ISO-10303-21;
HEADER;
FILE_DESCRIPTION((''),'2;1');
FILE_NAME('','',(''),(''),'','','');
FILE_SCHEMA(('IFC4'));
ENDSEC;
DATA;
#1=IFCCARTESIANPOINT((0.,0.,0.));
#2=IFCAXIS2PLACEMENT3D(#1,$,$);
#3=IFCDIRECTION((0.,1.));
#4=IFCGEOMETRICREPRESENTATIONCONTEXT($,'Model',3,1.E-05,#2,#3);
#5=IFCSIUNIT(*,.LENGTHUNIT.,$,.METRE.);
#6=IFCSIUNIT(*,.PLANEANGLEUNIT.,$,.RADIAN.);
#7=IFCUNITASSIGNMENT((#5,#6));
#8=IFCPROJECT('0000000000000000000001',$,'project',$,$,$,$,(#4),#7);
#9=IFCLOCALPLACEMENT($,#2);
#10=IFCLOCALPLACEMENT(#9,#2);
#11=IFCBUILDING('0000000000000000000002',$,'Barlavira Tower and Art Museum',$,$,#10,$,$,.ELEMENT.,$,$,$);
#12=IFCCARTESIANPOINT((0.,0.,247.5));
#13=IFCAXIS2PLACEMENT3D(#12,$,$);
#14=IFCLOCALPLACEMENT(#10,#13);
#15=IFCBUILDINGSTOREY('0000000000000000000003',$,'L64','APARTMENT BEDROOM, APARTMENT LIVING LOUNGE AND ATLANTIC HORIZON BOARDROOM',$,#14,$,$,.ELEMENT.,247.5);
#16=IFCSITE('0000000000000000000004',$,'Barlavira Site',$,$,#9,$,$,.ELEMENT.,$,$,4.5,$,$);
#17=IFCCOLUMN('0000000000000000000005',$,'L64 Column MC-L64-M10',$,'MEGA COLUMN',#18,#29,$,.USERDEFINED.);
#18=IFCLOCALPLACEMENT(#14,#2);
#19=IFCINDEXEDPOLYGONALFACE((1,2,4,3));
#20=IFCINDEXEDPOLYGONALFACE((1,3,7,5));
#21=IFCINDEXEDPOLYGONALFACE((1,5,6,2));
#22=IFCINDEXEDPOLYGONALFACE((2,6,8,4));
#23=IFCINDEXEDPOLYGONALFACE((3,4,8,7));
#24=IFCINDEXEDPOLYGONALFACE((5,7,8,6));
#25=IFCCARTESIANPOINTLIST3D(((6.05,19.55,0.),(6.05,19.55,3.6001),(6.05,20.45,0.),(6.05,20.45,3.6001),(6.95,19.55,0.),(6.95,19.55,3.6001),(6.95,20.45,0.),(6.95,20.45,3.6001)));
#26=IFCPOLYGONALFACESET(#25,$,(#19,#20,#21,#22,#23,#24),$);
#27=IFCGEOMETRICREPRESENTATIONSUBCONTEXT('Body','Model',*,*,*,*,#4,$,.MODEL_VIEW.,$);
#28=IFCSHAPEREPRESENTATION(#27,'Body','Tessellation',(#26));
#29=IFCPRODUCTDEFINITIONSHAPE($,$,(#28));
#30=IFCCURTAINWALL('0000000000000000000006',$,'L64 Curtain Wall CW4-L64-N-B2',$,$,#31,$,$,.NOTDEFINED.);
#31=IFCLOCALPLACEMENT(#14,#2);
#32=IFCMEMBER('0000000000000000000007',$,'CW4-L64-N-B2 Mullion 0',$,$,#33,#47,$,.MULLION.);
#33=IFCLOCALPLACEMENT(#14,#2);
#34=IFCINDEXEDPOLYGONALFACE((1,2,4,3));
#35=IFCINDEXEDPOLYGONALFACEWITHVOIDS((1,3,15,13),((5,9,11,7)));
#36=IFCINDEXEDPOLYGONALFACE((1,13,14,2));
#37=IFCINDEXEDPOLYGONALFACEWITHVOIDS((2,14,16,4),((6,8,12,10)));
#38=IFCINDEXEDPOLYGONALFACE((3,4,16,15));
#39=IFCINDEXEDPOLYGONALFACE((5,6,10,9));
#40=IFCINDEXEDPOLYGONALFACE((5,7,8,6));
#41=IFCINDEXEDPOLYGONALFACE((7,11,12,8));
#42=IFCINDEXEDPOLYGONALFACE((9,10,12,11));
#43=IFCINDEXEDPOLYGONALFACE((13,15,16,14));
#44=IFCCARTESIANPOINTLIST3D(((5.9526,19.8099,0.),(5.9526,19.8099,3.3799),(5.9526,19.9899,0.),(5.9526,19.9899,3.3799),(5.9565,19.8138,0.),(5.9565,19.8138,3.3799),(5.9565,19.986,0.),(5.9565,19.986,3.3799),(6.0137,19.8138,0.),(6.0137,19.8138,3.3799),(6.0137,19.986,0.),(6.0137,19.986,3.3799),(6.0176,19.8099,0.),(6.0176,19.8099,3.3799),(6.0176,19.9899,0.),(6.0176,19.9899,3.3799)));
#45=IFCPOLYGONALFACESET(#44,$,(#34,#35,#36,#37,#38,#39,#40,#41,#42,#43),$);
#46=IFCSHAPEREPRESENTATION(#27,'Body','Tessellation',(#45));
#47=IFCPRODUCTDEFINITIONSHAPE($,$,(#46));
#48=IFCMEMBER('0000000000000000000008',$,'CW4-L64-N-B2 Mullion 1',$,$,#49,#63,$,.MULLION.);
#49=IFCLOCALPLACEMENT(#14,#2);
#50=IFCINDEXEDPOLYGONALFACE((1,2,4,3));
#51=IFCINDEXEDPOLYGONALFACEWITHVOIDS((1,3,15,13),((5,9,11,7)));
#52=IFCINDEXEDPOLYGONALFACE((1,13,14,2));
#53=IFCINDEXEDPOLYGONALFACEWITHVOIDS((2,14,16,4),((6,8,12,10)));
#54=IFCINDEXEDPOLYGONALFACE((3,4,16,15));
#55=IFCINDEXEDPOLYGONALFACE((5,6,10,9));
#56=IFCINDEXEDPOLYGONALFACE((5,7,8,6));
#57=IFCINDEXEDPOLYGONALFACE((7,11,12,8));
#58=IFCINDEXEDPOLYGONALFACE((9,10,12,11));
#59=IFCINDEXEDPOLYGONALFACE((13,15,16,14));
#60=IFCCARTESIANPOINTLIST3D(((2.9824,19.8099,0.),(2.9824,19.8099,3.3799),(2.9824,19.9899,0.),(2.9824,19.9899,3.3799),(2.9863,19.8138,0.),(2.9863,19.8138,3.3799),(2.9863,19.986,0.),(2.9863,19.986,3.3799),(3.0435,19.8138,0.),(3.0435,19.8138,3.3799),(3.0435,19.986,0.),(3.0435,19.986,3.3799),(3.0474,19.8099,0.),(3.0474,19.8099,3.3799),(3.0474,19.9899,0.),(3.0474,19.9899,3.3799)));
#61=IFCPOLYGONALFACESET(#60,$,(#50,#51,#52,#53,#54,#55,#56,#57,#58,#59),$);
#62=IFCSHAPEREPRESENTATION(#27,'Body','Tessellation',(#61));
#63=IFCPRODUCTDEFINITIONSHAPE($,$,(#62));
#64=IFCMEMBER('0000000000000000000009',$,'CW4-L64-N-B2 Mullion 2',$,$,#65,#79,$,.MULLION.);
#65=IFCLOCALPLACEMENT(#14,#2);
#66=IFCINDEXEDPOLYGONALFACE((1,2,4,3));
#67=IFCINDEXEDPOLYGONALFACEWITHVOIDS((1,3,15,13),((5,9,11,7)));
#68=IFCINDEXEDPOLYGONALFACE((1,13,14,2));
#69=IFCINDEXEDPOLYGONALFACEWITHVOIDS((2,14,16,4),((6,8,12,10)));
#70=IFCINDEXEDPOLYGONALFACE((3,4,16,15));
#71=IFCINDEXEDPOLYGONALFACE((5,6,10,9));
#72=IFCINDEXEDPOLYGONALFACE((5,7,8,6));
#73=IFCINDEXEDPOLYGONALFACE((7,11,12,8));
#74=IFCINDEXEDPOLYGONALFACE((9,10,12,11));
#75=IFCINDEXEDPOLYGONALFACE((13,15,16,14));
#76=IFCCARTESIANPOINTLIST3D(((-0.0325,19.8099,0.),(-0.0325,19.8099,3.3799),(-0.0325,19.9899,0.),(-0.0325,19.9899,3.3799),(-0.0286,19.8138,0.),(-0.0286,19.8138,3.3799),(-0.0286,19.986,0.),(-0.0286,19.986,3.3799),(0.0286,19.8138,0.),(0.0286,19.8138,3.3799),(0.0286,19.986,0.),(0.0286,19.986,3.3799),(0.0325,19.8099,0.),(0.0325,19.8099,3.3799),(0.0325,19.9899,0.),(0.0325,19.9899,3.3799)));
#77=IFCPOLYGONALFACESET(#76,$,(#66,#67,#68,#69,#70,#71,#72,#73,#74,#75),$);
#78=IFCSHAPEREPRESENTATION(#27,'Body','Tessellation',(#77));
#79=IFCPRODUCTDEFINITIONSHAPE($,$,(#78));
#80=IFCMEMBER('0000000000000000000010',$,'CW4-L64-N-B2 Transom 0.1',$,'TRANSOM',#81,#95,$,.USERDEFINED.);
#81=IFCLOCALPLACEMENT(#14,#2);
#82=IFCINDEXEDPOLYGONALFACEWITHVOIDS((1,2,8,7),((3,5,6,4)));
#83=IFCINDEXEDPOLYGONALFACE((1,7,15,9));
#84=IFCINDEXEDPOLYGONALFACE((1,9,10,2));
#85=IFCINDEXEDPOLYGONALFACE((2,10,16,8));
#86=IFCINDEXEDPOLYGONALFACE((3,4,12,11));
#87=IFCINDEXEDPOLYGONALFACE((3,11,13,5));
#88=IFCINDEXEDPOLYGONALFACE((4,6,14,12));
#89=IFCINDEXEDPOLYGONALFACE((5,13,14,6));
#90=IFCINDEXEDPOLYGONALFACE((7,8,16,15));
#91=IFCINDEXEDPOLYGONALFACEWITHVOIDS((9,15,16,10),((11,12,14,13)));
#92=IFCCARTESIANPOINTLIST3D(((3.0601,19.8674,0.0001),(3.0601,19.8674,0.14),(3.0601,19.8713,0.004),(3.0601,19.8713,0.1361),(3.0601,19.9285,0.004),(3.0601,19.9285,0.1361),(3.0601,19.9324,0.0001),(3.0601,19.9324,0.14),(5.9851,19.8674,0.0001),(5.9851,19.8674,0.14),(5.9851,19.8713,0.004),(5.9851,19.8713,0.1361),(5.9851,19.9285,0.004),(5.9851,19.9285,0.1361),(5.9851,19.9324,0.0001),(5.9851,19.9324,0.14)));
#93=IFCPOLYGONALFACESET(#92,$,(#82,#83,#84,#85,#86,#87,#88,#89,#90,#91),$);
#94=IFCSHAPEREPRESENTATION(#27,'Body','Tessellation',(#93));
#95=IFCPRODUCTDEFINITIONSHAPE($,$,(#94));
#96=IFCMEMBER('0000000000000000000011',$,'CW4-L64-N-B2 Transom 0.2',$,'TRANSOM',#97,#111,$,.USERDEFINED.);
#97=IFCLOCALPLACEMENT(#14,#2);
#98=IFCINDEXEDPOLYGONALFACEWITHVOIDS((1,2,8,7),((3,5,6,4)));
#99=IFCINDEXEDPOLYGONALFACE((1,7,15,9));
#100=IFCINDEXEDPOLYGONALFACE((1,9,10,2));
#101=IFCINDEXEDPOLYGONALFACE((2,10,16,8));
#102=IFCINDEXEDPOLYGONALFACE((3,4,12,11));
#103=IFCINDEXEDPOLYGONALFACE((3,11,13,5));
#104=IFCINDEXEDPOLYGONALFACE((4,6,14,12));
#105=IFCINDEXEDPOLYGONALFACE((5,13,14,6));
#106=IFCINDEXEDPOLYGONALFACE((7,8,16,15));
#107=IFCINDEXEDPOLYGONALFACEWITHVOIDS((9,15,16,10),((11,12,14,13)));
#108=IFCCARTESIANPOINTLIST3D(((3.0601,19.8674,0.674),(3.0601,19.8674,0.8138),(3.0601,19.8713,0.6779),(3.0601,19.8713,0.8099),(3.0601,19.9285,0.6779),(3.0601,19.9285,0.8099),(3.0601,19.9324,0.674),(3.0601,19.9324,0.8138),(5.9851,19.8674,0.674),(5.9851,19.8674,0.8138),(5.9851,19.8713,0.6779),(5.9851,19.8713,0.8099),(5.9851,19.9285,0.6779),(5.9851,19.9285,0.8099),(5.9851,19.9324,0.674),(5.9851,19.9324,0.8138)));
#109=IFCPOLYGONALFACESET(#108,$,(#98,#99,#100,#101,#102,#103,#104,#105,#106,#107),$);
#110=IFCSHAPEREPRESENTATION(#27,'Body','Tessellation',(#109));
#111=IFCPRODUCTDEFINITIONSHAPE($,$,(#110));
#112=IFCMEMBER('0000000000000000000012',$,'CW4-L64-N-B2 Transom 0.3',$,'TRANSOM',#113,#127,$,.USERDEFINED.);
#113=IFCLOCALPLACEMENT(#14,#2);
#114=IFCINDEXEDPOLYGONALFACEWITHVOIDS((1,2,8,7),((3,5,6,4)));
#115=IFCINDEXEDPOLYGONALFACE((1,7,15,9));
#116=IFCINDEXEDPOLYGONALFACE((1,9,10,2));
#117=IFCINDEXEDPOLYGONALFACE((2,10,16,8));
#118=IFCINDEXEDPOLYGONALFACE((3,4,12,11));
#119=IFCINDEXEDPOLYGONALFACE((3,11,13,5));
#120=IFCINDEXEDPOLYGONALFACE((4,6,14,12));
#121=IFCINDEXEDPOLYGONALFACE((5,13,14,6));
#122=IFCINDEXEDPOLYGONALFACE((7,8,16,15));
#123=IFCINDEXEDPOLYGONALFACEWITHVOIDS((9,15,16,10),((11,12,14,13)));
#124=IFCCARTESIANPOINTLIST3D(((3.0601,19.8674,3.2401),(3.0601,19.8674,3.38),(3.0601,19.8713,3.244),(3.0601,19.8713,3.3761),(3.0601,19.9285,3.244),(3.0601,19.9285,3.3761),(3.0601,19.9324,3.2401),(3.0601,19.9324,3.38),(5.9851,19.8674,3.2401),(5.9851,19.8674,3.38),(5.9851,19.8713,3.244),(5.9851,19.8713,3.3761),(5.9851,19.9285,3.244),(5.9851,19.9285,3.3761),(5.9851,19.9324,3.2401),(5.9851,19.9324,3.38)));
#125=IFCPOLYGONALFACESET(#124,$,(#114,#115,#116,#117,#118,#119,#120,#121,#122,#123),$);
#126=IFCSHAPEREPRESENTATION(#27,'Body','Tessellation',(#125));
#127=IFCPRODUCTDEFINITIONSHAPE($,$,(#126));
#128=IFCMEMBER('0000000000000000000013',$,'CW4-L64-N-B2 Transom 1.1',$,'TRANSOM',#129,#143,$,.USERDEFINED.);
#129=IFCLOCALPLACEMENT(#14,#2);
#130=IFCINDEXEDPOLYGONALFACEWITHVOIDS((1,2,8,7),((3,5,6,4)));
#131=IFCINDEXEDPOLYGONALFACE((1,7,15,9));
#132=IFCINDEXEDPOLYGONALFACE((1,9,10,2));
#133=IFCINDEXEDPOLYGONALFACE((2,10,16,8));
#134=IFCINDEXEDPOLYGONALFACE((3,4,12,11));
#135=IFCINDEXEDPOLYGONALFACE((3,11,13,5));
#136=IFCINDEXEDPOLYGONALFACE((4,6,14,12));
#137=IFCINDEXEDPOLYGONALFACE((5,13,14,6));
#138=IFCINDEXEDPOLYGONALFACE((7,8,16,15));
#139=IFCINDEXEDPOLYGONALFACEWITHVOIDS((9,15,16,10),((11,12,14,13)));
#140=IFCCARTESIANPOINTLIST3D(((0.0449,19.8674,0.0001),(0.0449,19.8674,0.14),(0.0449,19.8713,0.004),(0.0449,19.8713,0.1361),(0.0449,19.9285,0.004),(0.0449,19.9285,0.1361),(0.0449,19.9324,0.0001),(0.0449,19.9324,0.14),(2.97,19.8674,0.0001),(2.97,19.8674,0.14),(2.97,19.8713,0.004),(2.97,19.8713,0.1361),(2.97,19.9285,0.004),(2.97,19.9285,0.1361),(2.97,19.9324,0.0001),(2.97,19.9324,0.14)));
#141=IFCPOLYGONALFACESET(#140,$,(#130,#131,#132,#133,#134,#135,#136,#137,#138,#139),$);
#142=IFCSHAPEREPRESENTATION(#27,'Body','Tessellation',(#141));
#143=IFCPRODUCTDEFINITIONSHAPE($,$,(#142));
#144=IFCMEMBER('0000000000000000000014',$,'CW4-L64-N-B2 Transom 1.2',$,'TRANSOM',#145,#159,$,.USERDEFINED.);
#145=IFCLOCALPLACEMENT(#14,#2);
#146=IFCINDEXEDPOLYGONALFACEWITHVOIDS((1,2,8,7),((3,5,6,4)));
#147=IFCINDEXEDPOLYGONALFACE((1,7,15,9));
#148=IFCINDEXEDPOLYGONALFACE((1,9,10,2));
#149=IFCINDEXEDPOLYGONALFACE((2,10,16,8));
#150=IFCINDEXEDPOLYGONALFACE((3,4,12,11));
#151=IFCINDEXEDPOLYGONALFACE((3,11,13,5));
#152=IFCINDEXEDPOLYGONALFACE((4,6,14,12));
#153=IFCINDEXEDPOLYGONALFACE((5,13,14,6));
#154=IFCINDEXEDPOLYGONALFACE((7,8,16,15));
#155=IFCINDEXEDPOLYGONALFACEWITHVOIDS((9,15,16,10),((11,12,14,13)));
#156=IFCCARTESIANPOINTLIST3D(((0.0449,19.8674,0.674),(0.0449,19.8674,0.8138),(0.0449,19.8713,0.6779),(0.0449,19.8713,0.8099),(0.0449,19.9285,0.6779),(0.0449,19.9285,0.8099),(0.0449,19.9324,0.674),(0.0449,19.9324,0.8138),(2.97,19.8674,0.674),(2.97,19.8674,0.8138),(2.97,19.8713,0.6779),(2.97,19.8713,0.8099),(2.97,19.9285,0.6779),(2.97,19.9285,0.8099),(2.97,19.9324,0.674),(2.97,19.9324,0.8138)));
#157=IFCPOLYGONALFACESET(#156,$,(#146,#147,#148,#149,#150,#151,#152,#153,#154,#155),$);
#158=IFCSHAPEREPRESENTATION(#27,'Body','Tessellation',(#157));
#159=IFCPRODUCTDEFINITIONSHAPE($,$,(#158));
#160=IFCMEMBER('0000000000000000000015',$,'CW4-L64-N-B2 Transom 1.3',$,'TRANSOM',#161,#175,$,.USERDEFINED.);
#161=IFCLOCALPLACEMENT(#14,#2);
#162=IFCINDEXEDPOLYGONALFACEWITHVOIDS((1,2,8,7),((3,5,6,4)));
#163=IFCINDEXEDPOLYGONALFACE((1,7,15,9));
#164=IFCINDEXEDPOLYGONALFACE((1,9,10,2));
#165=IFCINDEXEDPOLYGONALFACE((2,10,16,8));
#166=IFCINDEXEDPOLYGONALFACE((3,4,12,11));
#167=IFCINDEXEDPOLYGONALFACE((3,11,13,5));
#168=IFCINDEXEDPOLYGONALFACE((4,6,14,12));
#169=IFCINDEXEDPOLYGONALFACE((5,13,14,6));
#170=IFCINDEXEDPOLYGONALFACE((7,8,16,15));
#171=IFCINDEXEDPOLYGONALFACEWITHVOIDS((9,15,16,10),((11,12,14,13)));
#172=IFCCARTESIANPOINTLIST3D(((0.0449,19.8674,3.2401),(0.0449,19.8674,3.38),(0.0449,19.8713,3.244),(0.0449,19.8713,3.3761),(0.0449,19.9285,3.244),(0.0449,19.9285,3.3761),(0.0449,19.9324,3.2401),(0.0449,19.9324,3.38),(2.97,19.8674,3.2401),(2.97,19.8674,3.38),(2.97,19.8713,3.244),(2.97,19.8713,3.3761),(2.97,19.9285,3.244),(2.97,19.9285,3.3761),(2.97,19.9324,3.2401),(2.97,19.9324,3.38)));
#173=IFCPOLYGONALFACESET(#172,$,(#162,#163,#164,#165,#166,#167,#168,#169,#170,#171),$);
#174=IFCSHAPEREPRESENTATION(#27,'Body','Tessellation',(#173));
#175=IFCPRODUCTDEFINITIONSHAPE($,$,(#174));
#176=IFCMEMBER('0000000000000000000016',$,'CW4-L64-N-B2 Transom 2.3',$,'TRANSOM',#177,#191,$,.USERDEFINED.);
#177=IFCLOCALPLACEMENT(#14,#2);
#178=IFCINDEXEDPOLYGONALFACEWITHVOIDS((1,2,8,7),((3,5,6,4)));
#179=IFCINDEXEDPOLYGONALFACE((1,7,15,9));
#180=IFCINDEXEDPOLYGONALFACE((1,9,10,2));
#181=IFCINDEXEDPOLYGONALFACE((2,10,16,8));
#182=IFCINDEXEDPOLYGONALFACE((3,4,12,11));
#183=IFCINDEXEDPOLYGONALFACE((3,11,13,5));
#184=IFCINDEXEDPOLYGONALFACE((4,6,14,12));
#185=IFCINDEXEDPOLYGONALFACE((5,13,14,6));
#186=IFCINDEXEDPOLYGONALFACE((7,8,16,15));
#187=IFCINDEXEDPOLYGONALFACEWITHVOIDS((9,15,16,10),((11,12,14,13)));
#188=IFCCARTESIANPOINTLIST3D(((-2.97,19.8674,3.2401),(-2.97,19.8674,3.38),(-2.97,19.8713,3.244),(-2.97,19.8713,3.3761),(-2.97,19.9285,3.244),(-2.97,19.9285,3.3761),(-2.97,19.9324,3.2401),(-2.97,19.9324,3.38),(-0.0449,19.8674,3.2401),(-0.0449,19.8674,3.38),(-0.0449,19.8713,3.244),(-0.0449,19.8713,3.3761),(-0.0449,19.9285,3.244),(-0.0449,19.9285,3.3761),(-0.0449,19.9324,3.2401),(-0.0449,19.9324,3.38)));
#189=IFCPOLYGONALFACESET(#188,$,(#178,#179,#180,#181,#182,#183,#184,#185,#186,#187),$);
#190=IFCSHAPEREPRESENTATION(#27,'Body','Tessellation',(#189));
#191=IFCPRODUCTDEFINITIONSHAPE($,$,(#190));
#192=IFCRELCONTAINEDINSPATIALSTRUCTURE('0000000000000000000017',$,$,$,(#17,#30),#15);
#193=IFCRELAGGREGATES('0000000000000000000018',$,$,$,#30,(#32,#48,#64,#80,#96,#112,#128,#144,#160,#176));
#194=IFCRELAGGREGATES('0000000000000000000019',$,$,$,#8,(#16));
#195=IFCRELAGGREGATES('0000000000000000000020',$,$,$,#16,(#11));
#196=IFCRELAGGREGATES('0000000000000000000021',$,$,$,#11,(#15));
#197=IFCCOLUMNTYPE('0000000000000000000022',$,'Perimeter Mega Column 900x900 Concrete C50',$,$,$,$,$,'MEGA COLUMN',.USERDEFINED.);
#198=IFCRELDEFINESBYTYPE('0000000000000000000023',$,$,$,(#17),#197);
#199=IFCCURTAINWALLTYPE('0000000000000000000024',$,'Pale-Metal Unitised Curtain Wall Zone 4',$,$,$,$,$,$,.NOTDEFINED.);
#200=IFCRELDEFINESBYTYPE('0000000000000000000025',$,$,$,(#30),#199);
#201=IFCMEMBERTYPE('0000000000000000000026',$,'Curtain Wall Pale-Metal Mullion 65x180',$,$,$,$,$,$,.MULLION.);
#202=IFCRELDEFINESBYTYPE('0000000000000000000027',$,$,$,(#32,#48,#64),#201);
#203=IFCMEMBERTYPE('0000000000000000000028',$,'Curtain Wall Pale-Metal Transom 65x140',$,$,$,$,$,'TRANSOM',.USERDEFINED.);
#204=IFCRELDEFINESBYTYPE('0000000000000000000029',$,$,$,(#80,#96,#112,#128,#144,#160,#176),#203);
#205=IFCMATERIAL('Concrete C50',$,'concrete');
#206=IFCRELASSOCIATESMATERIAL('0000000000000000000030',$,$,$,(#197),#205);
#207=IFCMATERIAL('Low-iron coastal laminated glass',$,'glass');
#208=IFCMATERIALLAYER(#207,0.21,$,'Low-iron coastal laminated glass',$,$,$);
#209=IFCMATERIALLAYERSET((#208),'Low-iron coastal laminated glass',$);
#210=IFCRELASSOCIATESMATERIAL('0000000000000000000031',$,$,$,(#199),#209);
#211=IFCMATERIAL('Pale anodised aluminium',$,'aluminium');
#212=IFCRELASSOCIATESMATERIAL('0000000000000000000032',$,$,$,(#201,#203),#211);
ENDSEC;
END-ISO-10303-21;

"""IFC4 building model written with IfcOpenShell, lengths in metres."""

from ifc_helpers import new_model, si_unit, direction, frame, origin, origin_2d, place, context, subcontext, project, spatial, rectangle, hollow_rectangle, extrude, material, layer, layer_set, material_profile, profile_set, type_object, element, aggregate, save


model = new_model("IFC4")

# Units and contexts
model_context = context("Model", 3, precision=1e-05, world=origin(), true_north=direction((0.0, 1.0)))
body_context = subcontext(model_context, "Body", "Model", "MODEL_VIEW")
ifc_project = project(units=[si_unit("LENGTHUNIT", "METRE"), si_unit("PLANEANGLEUNIT", "RADIAN")], contexts=[model_context])

# Site, building, storey
site_placement = place(None, origin())
site = spatial("IfcSite", under=ifc_project, at=site_placement, Name="Barlavira Site", CompositionType="ELEMENT", RefElevation=4.5)
building_placement = place(site_placement, origin())
building = spatial("IfcBuilding", under=site, at=building_placement, Name="Barlavira Tower and Art Museum", CompositionType="ELEMENT")
storey_placement = place(building_placement, frame((0.0, 0.0, 247.5)))
storey = spatial("IfcBuildingStorey", under=building, at=storey_placement, Name="L64", Description="APARTMENT BEDROOM, APARTMENT LIVING LOUNGE AND ATLANTIC HORIZON BOARDROOM", CompositionType="ELEMENT", Elevation=247.5)

# Column
ifc_material_1 = material(Name="Concrete C50", Category="concrete")
ifc_material_profile_1 = material_profile(ifc_material_1, rectangle(XDim=0.8999, YDim=0.8999, at=origin_2d()), Name="RC-COL 900x900")
ifc_profile_set_1 = profile_set([ifc_material_profile_1], Name="Concrete C50")
column_type = type_object("IfcColumnType", Name="Perimeter Mega Column 900x900 Concrete C50", ElementType="MEGA COLUMN", PredefinedType="USERDEFINED", material=ifc_profile_set_1)
column_placement = place(storey_placement, frame((6.5, 20.0, 0.0), z_axis=(0.0, 0.0, 1.0), x_axis=(1.0, 0.0, 0.0)))
element("IfcColumn", 1, at=column_placement, inside=storey, type_object=column_type, Name="L64 Column MC-L64-M10", ObjectType="MEGA COLUMN", PredefinedType="USERDEFINED", context=body_context, shape_type="SweptSolid", body=[
    extrude(rectangle(XDim=0.8999, YDim=0.8999, at=origin_2d()), origin(), (0.0, 0.0, 1.0), 3.6001),
])

# Curtain wall, members
ifc_material_2 = material(Name="Low-iron coastal laminated glass", Category="glass")
ifc_layer_1 = layer(ifc_material_2, 0.21, Name="Low-iron coastal laminated glass")
ifc_layer_set_1 = layer_set([ifc_layer_1], Name="Low-iron coastal laminated glass")
curtain_wall_type = type_object("IfcCurtainWallType", Name="Pale-Metal Unitised Curtain Wall Zone 4", PredefinedType="NOTDEFINED", material=ifc_layer_set_1)
curtain_wall_placement = place(storey_placement, origin())
curtain_wall = element("IfcCurtainWall", 2, at=curtain_wall_placement, inside=storey, type_object=curtain_wall_type, Name="L64 Curtain Wall CW4-L64-N-B2", PredefinedType="NOTDEFINED")
ifc_material_3 = material(Name="Pale anodised aluminium", Category="aluminium")
ifc_material_profile_2 = material_profile(ifc_material_3, hollow_rectangle(XDim=0.0649, YDim=0.1799, WallThickness=0.0039, at=origin_2d()), Name="ALU-MULL 65x180x4")
ifc_profile_set_2 = profile_set([ifc_material_profile_2], Name="Pale anodised aluminium")
member_type_1 = type_object("IfcMemberType", Name="Curtain Wall Pale-Metal Mullion 65x180", PredefinedType="MULLION", material=ifc_profile_set_2)
member_1_placement = place(storey_placement, frame((5.9851, 19.8999, 0.0), z_axis=(0.0, 0.0, 1.0), x_axis=(-1.0, 0.0, 0.0)))
member_1 = element("IfcMember", 3, at=member_1_placement, type_object=member_type_1, Name="CW4-L64-N-B2 Mullion 0", PredefinedType="MULLION", context=body_context, shape_type="SweptSolid", body=[
    extrude(hollow_rectangle(XDim=0.0649, YDim=0.1799, WallThickness=0.0039, at=origin_2d()), origin(), (0.0, 0.0, 1.0), 3.3799),
])
member_2_placement = place(storey_placement, frame((3.0149, 19.8999, 0.0), z_axis=(0.0, 0.0, 1.0), x_axis=(-1.0, 0.0, 0.0)))
member_2 = element("IfcMember", 4, at=member_2_placement, type_object=member_type_1, Name="CW4-L64-N-B2 Mullion 1", PredefinedType="MULLION", context=body_context, shape_type="SweptSolid", body=[
    extrude(hollow_rectangle(XDim=0.0649, YDim=0.1799, WallThickness=0.0039, at=origin_2d()), origin(), (0.0, 0.0, 1.0), 3.3799),
])
member_3_placement = place(storey_placement, frame((0.0, 19.8999, 0.0), z_axis=(0.0, 0.0, 1.0), x_axis=(-1.0, 0.0, 0.0)))
member_3 = element("IfcMember", 5, at=member_3_placement, type_object=member_type_1, Name="CW4-L64-N-B2 Mullion 2", PredefinedType="MULLION", context=body_context, shape_type="SweptSolid", body=[
    extrude(hollow_rectangle(XDim=0.0649, YDim=0.1799, WallThickness=0.0039, at=origin_2d()), origin(), (0.0, 0.0, 1.0), 3.3799),
])
ifc_material_profile_3 = material_profile(ifc_material_3, hollow_rectangle(XDim=0.0649, YDim=0.1399, WallThickness=0.0039, at=origin_2d()), Name="ALU-TRAN 65x140x4")
ifc_profile_set_3 = profile_set([ifc_material_profile_3], Name="Pale anodised aluminium")
member_type_2 = type_object("IfcMemberType", Name="Curtain Wall Pale-Metal Transom 65x140", ElementType="TRANSOM", PredefinedType="USERDEFINED", material=ifc_profile_set_3)
member_4_placement = place(storey_placement, frame((5.9851, 19.8999, 0.0701), z_axis=(-1.0, 0.0, 0.0), x_axis=(0.0, -1.0, 0.0)))
member_4 = element("IfcMember", 6, at=member_4_placement, type_object=member_type_2, Name="CW4-L64-N-B2 Transom 0.1", ObjectType="TRANSOM", PredefinedType="USERDEFINED", context=body_context, shape_type="SweptSolid", body=[
    extrude(hollow_rectangle(XDim=0.0649, YDim=0.1399, WallThickness=0.0039, at=origin_2d()), origin(), (0.0, 0.0, 1.0), 2.925),
])
member_5_placement = place(storey_placement, frame((5.9851, 19.8999, 0.7439), z_axis=(-1.0, 0.0, 0.0), x_axis=(0.0, -1.0, 0.0)))
member_5 = element("IfcMember", 7, at=member_5_placement, type_object=member_type_2, Name="CW4-L64-N-B2 Transom 0.2", ObjectType="TRANSOM", PredefinedType="USERDEFINED", context=body_context, shape_type="SweptSolid", body=[
    extrude(hollow_rectangle(XDim=0.0649, YDim=0.1399, WallThickness=0.0039, at=origin_2d()), origin(), (0.0, 0.0, 1.0), 2.925),
])
member_6_placement = place(storey_placement, frame((5.9851, 19.8999, 3.3101), z_axis=(-1.0, 0.0, 0.0), x_axis=(0.0, -1.0, 0.0)))
member_6 = element("IfcMember", 8, at=member_6_placement, type_object=member_type_2, Name="CW4-L64-N-B2 Transom 0.3", ObjectType="TRANSOM", PredefinedType="USERDEFINED", context=body_context, shape_type="SweptSolid", body=[
    extrude(hollow_rectangle(XDim=0.0649, YDim=0.1399, WallThickness=0.0039, at=origin_2d()), origin(), (0.0, 0.0, 1.0), 2.925),
])
member_7_placement = place(storey_placement, frame((2.97, 19.8999, 0.0701), z_axis=(-1.0, 0.0, 0.0), x_axis=(0.0, -1.0, 0.0)))
member_7 = element("IfcMember", 9, at=member_7_placement, type_object=member_type_2, Name="CW4-L64-N-B2 Transom 1.1", ObjectType="TRANSOM", PredefinedType="USERDEFINED", context=body_context, shape_type="SweptSolid", body=[
    extrude(hollow_rectangle(XDim=0.0649, YDim=0.1399, WallThickness=0.0039, at=origin_2d()), origin(), (0.0, 0.0, 1.0), 2.925),
])
member_8_placement = place(storey_placement, frame((2.97, 19.8999, 0.7439), z_axis=(-1.0, 0.0, 0.0), x_axis=(0.0, -1.0, 0.0)))
member_8 = element("IfcMember", 10, at=member_8_placement, type_object=member_type_2, Name="CW4-L64-N-B2 Transom 1.2", ObjectType="TRANSOM", PredefinedType="USERDEFINED", context=body_context, shape_type="SweptSolid", body=[
    extrude(hollow_rectangle(XDim=0.0649, YDim=0.1399, WallThickness=0.0039, at=origin_2d()), origin(), (0.0, 0.0, 1.0), 2.925),
])
member_9_placement = place(storey_placement, frame((2.97, 19.8999, 3.3101), z_axis=(-1.0, 0.0, 0.0), x_axis=(0.0, -1.0, 0.0)))
member_9 = element("IfcMember", 11, at=member_9_placement, type_object=member_type_2, Name="CW4-L64-N-B2 Transom 1.3", ObjectType="TRANSOM", PredefinedType="USERDEFINED", context=body_context, shape_type="SweptSolid", body=[
    extrude(hollow_rectangle(XDim=0.0649, YDim=0.1399, WallThickness=0.0039, at=origin_2d()), origin(), (0.0, 0.0, 1.0), 2.925),
])
member_10_placement = place(storey_placement, frame((-0.0449, 19.8999, 3.3101), z_axis=(-1.0, 0.0, 0.0), x_axis=(0.0, -1.0, 0.0)))
member_10 = element("IfcMember", 12, at=member_10_placement, type_object=member_type_2, Name="CW4-L64-N-B2 Transom 2.3", ObjectType="TRANSOM", PredefinedType="USERDEFINED", context=body_context, shape_type="SweptSolid", body=[
    extrude(hollow_rectangle(XDim=0.0649, YDim=0.1399, WallThickness=0.0039, at=origin_2d()), origin(), (0.0, 0.0, 1.0), 2.925),
])

aggregate(curtain_wall, [member_1, member_2, member_3, member_4, member_5, member_6, member_7, member_8, member_9, member_10])

save(model, "model.ifc")
